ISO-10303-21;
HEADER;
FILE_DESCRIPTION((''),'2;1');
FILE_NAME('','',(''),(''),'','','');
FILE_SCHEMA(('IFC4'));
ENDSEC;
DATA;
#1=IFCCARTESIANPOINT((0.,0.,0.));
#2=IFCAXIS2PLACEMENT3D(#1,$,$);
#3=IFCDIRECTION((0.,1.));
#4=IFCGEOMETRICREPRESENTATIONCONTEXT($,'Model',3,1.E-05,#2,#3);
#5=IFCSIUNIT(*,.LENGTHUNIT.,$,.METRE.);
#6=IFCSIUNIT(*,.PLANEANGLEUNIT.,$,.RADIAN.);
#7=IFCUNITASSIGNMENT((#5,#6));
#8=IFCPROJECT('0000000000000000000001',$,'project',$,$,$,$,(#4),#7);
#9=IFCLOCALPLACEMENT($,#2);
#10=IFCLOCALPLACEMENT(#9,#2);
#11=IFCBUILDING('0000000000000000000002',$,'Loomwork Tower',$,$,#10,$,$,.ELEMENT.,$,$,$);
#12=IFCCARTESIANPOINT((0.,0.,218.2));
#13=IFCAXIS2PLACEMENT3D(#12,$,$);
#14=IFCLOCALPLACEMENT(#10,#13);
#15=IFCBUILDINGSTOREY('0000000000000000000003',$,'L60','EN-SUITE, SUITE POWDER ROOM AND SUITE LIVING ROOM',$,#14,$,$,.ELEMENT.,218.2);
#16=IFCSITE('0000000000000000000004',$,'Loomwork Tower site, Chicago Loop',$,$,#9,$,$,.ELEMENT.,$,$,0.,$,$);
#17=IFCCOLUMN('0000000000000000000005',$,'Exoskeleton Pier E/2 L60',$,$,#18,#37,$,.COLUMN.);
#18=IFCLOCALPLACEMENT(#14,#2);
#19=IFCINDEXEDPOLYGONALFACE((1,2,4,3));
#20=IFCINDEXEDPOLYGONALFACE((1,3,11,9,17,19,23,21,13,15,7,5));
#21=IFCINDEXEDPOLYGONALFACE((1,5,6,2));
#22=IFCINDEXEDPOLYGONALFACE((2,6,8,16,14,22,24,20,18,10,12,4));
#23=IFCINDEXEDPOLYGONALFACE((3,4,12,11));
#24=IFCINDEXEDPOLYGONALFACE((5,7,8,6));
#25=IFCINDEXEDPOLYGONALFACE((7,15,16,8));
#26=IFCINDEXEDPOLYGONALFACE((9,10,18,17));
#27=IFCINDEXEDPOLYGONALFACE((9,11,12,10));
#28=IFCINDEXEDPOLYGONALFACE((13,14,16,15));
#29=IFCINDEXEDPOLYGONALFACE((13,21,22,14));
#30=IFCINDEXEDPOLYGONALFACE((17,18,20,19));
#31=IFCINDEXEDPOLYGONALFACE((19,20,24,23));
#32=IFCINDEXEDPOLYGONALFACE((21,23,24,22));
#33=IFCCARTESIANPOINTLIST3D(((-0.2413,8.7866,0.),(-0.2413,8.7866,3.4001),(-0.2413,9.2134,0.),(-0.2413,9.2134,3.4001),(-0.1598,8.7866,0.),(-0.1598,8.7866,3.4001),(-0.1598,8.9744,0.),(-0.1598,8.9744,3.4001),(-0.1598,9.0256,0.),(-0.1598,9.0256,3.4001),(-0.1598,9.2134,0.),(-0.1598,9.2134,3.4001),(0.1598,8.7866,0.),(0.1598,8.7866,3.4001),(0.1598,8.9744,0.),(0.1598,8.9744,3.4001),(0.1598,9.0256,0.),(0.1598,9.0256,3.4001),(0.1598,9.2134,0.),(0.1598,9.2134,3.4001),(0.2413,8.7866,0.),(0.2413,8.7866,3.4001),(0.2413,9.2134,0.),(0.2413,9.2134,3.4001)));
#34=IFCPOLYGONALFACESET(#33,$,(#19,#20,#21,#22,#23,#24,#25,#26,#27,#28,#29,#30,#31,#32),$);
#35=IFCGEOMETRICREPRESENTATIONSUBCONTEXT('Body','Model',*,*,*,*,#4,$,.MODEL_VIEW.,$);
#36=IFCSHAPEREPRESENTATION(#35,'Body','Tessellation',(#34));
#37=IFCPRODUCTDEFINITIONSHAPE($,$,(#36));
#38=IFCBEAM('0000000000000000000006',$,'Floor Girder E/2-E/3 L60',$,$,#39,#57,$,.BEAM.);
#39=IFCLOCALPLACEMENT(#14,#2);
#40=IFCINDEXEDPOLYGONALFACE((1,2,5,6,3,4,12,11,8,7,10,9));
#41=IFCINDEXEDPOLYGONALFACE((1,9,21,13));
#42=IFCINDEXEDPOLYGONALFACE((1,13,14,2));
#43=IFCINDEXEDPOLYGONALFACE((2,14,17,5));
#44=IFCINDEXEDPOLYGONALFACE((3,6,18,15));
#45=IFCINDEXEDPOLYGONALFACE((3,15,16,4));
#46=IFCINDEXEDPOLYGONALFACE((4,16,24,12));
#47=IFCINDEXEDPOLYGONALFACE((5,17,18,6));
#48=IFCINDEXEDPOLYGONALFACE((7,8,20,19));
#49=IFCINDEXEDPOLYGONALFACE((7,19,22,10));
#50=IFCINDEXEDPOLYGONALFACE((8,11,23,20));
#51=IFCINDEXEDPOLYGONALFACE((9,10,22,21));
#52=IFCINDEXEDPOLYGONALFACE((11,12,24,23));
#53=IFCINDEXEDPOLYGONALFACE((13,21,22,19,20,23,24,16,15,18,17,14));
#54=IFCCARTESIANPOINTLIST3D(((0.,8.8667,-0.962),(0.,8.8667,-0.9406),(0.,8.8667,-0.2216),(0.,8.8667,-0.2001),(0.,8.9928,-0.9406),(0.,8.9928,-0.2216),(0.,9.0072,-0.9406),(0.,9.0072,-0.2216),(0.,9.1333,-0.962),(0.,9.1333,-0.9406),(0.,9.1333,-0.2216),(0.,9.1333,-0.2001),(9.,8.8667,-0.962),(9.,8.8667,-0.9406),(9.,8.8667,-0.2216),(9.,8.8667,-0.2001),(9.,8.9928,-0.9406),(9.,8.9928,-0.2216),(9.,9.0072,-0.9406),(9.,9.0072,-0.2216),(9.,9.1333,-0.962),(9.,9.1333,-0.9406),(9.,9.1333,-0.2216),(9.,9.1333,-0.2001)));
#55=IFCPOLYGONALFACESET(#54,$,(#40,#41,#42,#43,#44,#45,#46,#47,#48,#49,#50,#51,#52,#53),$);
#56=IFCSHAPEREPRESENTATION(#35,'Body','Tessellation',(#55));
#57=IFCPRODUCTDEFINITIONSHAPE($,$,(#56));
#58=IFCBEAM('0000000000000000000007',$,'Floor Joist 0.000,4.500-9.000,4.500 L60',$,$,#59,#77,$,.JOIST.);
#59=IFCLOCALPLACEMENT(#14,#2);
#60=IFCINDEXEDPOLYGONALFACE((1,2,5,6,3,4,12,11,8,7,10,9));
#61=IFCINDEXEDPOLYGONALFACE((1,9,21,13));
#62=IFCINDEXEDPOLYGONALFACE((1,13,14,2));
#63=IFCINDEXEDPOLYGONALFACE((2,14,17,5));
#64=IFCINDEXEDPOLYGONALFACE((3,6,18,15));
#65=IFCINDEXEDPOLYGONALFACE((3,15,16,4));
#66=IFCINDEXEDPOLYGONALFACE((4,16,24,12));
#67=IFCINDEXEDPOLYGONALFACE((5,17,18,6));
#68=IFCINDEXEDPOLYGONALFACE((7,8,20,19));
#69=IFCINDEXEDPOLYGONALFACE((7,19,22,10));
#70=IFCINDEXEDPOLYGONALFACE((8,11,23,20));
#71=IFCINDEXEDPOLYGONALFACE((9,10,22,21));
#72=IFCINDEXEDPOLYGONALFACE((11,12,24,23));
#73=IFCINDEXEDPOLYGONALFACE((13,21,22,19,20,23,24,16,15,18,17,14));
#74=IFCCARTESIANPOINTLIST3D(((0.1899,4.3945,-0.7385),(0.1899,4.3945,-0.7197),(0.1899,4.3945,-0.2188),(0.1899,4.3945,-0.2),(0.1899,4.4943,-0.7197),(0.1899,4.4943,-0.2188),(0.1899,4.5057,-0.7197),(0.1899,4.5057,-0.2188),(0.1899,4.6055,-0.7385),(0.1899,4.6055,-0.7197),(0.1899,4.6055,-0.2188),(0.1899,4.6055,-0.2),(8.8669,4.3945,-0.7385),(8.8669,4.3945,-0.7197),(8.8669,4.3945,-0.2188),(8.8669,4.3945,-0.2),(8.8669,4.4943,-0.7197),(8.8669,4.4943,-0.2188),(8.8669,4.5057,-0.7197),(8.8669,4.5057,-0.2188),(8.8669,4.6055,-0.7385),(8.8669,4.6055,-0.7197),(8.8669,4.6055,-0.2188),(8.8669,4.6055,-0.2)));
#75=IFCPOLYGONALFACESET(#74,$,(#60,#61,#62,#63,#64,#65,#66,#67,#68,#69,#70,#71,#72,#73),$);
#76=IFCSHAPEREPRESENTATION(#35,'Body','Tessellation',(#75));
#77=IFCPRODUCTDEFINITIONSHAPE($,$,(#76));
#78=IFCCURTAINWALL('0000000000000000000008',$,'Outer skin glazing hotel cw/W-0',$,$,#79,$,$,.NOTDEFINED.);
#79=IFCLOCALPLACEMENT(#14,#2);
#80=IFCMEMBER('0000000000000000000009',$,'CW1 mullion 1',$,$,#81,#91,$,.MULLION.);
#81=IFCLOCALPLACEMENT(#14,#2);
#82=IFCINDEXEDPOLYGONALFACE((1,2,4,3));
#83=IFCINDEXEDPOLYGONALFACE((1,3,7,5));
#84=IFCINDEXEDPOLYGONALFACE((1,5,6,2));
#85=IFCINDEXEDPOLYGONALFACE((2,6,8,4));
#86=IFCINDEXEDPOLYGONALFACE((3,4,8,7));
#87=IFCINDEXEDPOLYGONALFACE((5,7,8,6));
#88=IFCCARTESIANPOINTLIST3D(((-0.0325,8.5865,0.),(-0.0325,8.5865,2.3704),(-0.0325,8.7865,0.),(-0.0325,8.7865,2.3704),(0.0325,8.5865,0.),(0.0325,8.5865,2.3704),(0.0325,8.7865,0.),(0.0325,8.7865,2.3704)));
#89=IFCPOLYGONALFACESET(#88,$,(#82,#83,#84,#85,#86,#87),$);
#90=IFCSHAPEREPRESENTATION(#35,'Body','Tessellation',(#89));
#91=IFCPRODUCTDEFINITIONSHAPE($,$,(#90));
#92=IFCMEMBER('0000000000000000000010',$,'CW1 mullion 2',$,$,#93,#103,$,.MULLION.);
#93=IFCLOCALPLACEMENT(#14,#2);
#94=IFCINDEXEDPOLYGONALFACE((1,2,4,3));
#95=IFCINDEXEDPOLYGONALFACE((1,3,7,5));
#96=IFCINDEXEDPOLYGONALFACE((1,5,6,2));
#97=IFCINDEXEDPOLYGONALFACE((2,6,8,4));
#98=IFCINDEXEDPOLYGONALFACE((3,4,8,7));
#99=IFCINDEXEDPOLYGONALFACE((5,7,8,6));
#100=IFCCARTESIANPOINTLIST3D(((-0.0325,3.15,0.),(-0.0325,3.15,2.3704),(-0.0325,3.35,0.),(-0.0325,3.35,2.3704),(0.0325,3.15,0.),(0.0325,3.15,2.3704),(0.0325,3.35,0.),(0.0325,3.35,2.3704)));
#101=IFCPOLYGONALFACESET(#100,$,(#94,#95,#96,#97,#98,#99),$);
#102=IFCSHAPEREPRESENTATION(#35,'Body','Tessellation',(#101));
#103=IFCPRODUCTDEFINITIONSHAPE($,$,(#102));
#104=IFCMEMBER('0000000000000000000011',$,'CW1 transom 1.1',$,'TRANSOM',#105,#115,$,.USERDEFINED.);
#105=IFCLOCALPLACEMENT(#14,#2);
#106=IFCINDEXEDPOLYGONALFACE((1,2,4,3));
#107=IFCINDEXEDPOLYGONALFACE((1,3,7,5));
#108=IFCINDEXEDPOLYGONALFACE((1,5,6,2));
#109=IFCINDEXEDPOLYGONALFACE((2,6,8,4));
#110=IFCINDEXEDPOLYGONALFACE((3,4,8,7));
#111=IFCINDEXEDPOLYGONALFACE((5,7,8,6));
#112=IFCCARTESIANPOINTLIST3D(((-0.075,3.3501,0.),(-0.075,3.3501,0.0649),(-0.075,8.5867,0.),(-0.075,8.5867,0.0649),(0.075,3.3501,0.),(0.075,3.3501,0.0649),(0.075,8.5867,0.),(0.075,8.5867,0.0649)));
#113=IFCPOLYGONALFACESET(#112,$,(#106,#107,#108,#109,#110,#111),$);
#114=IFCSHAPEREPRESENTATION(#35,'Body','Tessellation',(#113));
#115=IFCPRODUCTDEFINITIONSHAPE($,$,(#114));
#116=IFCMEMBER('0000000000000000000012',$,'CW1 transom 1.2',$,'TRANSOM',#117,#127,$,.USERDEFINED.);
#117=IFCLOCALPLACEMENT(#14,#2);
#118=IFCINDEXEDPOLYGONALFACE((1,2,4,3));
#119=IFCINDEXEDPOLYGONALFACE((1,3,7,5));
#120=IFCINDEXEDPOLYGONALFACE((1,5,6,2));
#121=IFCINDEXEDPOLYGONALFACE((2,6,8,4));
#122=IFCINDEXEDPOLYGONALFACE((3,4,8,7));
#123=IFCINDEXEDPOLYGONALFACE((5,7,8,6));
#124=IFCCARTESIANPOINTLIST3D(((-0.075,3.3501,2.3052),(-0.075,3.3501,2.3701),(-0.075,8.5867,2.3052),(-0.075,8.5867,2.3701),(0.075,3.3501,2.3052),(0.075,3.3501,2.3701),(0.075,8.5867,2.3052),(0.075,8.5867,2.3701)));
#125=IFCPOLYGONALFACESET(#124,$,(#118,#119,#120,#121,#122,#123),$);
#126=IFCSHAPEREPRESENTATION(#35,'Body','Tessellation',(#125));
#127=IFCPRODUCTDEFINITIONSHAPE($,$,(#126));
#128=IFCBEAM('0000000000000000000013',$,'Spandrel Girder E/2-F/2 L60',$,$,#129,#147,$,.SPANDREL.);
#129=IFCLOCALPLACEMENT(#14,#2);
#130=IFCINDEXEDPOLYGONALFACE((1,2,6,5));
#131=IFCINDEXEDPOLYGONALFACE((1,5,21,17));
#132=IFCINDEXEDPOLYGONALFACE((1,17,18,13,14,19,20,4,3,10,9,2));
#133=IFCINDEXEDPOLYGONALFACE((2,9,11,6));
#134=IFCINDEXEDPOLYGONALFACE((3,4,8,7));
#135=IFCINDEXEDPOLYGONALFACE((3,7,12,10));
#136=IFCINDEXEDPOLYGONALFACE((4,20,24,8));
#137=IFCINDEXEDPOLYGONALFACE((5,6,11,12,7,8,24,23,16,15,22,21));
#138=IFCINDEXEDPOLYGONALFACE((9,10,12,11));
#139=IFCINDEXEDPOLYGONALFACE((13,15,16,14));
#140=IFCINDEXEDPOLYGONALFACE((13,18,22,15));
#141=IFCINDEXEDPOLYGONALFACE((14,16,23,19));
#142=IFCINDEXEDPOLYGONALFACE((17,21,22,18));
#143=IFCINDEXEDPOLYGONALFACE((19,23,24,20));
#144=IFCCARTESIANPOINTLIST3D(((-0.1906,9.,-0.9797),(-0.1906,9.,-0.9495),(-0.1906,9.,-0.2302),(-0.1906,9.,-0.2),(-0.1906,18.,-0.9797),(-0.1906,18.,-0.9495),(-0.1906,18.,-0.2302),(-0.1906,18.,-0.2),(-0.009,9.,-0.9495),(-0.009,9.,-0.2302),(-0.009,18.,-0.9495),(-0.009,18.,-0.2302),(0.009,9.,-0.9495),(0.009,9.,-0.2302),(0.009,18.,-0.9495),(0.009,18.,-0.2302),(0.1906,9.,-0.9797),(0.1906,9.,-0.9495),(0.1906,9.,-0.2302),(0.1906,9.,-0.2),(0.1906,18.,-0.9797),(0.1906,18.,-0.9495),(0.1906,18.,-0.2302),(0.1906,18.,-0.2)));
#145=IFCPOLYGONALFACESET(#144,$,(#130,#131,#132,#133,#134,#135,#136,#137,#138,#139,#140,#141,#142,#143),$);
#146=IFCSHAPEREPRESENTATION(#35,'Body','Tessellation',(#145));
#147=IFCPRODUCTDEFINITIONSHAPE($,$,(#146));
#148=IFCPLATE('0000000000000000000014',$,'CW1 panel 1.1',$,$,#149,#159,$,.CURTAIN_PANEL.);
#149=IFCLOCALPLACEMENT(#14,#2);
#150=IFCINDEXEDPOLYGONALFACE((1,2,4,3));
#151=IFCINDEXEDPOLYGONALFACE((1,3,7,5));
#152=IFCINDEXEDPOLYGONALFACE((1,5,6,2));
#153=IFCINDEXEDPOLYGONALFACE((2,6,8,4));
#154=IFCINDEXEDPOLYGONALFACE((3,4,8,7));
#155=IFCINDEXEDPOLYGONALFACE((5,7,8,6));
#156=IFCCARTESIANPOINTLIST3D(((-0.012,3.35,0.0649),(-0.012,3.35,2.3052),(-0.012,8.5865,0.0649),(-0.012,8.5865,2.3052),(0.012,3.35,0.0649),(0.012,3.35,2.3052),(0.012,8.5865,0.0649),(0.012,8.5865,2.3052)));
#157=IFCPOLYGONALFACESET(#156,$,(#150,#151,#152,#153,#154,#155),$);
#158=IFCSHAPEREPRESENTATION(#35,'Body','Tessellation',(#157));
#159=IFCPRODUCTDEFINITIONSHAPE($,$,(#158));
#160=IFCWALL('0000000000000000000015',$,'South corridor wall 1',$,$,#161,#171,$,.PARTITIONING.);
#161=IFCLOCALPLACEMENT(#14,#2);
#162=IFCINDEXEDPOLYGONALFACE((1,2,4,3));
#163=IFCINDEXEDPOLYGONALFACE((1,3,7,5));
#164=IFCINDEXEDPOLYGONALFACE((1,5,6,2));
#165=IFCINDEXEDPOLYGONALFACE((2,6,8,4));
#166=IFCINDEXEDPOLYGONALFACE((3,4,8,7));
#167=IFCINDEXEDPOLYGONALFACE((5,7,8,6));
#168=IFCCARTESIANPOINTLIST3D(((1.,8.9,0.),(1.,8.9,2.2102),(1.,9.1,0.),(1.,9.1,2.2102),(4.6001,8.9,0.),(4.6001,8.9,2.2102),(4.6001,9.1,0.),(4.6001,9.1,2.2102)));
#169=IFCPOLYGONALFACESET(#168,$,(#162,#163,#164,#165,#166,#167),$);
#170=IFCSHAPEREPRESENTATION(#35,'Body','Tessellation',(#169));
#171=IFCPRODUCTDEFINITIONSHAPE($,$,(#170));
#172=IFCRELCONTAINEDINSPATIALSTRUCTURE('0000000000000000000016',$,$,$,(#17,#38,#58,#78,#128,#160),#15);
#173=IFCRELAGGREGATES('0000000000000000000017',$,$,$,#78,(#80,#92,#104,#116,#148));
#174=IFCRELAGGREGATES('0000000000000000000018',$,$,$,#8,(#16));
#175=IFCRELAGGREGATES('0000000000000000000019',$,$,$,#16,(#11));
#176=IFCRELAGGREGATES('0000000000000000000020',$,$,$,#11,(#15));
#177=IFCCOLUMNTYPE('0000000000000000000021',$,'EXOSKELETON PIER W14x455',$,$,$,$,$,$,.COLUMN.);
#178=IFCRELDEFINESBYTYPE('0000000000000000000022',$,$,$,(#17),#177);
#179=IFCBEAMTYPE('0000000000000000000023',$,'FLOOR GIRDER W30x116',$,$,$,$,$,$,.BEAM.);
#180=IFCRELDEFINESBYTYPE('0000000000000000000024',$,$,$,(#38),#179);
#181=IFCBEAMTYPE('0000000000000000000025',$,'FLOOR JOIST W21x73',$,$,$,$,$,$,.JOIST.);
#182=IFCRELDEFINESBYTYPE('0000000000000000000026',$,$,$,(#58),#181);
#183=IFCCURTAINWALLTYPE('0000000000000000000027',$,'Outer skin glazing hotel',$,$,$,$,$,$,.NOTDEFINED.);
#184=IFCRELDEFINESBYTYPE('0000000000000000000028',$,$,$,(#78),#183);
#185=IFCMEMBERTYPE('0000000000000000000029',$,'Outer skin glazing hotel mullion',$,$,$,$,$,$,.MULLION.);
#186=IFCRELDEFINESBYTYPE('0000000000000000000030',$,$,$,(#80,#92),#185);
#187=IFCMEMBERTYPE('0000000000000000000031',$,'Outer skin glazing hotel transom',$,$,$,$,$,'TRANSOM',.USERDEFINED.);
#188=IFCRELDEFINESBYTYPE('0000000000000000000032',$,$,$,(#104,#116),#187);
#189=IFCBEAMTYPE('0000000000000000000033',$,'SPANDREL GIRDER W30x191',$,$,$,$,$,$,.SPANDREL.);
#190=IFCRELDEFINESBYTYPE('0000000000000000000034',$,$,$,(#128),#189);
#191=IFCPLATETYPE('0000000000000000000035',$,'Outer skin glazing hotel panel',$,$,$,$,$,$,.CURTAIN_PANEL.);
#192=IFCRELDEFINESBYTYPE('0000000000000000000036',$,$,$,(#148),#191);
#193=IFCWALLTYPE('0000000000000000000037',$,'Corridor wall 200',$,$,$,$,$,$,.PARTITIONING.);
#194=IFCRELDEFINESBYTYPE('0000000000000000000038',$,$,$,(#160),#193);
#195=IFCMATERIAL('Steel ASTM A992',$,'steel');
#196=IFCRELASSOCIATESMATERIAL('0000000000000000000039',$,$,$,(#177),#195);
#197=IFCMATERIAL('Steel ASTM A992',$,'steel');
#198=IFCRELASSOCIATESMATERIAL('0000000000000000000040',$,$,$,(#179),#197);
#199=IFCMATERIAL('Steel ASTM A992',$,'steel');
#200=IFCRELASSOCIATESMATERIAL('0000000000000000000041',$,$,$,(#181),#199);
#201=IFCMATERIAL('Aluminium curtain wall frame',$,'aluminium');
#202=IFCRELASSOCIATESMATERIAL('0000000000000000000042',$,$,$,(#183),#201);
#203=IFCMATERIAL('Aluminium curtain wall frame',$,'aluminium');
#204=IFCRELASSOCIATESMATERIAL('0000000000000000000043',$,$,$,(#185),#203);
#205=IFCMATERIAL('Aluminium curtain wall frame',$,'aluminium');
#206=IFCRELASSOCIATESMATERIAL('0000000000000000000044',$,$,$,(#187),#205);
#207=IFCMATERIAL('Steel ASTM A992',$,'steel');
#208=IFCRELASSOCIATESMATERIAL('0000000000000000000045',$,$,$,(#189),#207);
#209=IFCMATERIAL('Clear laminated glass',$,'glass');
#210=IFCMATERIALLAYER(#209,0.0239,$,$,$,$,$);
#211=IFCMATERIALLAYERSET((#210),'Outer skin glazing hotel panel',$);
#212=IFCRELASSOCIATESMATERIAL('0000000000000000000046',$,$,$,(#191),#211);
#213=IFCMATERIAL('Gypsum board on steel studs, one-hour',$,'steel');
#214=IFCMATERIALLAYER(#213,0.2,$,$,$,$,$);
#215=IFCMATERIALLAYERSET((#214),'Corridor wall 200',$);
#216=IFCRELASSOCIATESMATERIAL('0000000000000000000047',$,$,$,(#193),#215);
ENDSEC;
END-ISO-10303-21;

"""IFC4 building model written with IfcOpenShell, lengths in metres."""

from ifc_helpers import new_model, si_unit, direction, frame, frame_2d, origin, origin_2d, place, context, subcontext, project, spatial, rectangle, i_section, extrude, material, layer, layer_set, material_profile, profile_set, type_object, element, aggregate, save


model = new_model("IFC4")

# Units and contexts
model_context = context("Model", 3, precision=1e-05, world=origin(), true_north=direction((0.0, 1.0)))
body_context = subcontext(model_context, "Body", "Model", "MODEL_VIEW")
ifc_project = project(units=[si_unit("LENGTHUNIT", "METRE"), si_unit("PLANEANGLEUNIT", "RADIAN")], contexts=[model_context])

# Site, building, storey
site_placement = place(None, origin())
site = spatial("IfcSite", under=ifc_project, at=site_placement, Name="Loomwork Tower site, Chicago Loop", CompositionType="ELEMENT", RefElevation=0.0)
building_placement = place(site_placement, origin())
building = spatial("IfcBuilding", under=site, at=building_placement, Name="Loomwork Tower", CompositionType="ELEMENT")
storey_placement = place(building_placement, frame((0.0, 0.0, 218.2)))
storey = spatial("IfcBuildingStorey", under=building, at=storey_placement, Name="L60", Description="EN-SUITE, SUITE POWDER ROOM AND SUITE LIVING ROOM", CompositionType="ELEMENT", Elevation=218.2)

# Column
ifc_material_1 = material(Name="Steel ASTM A992", Category="steel")
ifc_material_profile_1 = material_profile(ifc_material_1, i_section(OverallWidth=0.4268, OverallDepth=0.4827, WebThickness=0.0513, FlangeThickness=0.0815, at=origin_2d()), Name="W14x455")
ifc_profile_set_1 = profile_set([ifc_material_profile_1], Name="Steel ASTM A992")
column_type = type_object("IfcColumnType", Name="EXOSKELETON PIER W14x455", PredefinedType="COLUMN", material=ifc_profile_set_1)
column_placement = place(storey_placement, frame((0.0, 9.0, 0.0), z_axis=(0.0, 0.0, 1.0), x_axis=(0.0, 1.0, 0.0)))
element("IfcColumn", 1, at=column_placement, inside=storey, type_object=column_type, Name="Exoskeleton Pier E/2 L60", PredefinedType="COLUMN", context=body_context, shape_type="SweptSolid", body=[
    extrude(i_section(OverallWidth=0.4268, OverallDepth=0.4827, WebThickness=0.0513, FlangeThickness=0.0815, at=origin_2d()), origin(), (0.0, 0.0, 1.0), 3.4001),
])

# Beams
ifc_material_2 = material(Name="Steel ASTM A992", Category="steel")
ifc_material_profile_2 = material_profile(ifc_material_2, i_section(OverallWidth=0.2666, OverallDepth=0.762, WebThickness=0.0144, FlangeThickness=0.0215, at=origin_2d()), Name="W30x116")
ifc_profile_set_2 = profile_set([ifc_material_profile_2], Name="Steel ASTM A992")
beam_type_1 = type_object("IfcBeamType", Name="FLOOR GIRDER W30x116", PredefinedType="BEAM", material=ifc_profile_set_2)
beam_1_placement = place(storey_placement, frame((0.0, 9.0, -0.5811), z_axis=(1.0, 0.0, 0.0), x_axis=(0.0, 1.0, 0.0)))
element("IfcBeam", 2, at=beam_1_placement, inside=storey, type_object=beam_type_1, Name="Floor Girder E/2-E/3 L60", PredefinedType="BEAM", context=body_context, shape_type="SweptSolid", body=[
    extrude(i_section(OverallWidth=0.2666, OverallDepth=0.762, WebThickness=0.0144, FlangeThickness=0.0215, at=origin_2d()), origin(), (0.0, 0.0, 1.0), 9.0),
])
ifc_material_3 = material(Name="Steel ASTM A992", Category="steel")
ifc_material_profile_3 = material_profile(ifc_material_3, i_section(OverallWidth=0.2109, OverallDepth=0.5386, WebThickness=0.0115, FlangeThickness=0.0188, at=origin_2d()), Name="W21x73")
ifc_profile_set_3 = profile_set([ifc_material_profile_3], Name="Steel ASTM A992")
beam_type_2 = type_object("IfcBeamType", Name="FLOOR JOIST W21x73", PredefinedType="JOIST", material=ifc_profile_set_3)
beam_2_placement = place(storey_placement, frame((0.1899, 4.5, -0.4692), z_axis=(1.0, 0.0, 0.0), x_axis=(0.0, 1.0, 0.0)))
element("IfcBeam", 3, at=beam_2_placement, inside=storey, type_object=beam_type_2, Name="Floor Joist 0.000,4.500-9.000,4.500 L60", PredefinedType="JOIST", context=body_context, shape_type="SweptSolid", body=[
    extrude(i_section(OverallWidth=0.2109, OverallDepth=0.5386, WebThickness=0.0115, FlangeThickness=0.0188, at=origin_2d()), origin(), (0.0, 0.0, 1.0), 8.677),
])

# Curtain wall, members
ifc_material_4 = material(Name="Aluminium curtain wall frame", Category="aluminium")
curtain_wall_type = type_object("IfcCurtainWallType", Name="Outer skin glazing hotel", PredefinedType="NOTDEFINED", material=ifc_material_4)
curtain_wall_placement = place(storey_placement, origin())
curtain_wall = element("IfcCurtainWall", 4, at=curtain_wall_placement, inside=storey, type_object=curtain_wall_type, Name="Outer skin glazing hotel cw/W-0", PredefinedType="NOTDEFINED")
ifc_material_5 = material(Name="Aluminium curtain wall frame", Category="aluminium")
ifc_material_profile_4 = material_profile(ifc_material_5, rectangle(XDim=0.0649, YDim=0.2, at=origin_2d()), Name="AL 65x200")
ifc_profile_set_4 = profile_set([ifc_material_profile_4], Name="Aluminium curtain wall frame")
member_type_1 = type_object("IfcMemberType", Name="Outer skin glazing hotel mullion", PredefinedType="MULLION", material=ifc_profile_set_4)
member_1_placement = place(storey_placement, frame((0.0, 8.6865, 0.0), z_axis=(0.0, 0.0, 1.0), x_axis=(1.0, 0.0, 0.0)))
member_1 = element("IfcMember", 5, at=member_1_placement, type_object=member_type_1, Name="CW1 mullion 1", PredefinedType="MULLION", context=body_context, shape_type="SweptSolid", body=[
    extrude(rectangle(XDim=0.0649, YDim=0.2, at=origin_2d()), origin(), (0.0, 0.0, 1.0), 2.3704),
])
member_2_placement = place(storey_placement, frame((0.0, 3.25, 0.0), z_axis=(0.0, 0.0, 1.0), x_axis=(1.0, 0.0, 0.0)))
member_2 = element("IfcMember", 6, at=member_2_placement, type_object=member_type_1, Name="CW1 mullion 2", PredefinedType="MULLION", context=body_context, shape_type="SweptSolid", body=[
    extrude(rectangle(XDim=0.0649, YDim=0.2, at=origin_2d()), origin(), (0.0, 0.0, 1.0), 2.3704),
])
ifc_material_6 = material(Name="Aluminium curtain wall frame", Category="aluminium")
ifc_material_profile_5 = material_profile(ifc_material_6, rectangle(XDim=0.1499, YDim=0.0649, at=origin_2d()), Name="AL 65x150")
ifc_profile_set_5 = profile_set([ifc_material_profile_5], Name="Aluminium curtain wall frame")
member_type_2 = type_object("IfcMemberType", Name="Outer skin glazing hotel transom", ElementType="TRANSOM", PredefinedType="USERDEFINED", material=ifc_profile_set_5)
member_3_placement = place(storey_placement, frame((0.0, 8.5867, 0.0325), z_axis=(0.0, -1.0, 0.0), x_axis=(1.0, 0.0, 0.0)))
member_3 = element("IfcMember", 7, at=member_3_placement, type_object=member_type_2, Name="CW1 transom 1.1", ObjectType="TRANSOM", PredefinedType="USERDEFINED", context=body_context, shape_type="SweptSolid", body=[
    extrude(rectangle(XDim=0.1499, YDim=0.0649, at=origin_2d()), origin(), (0.0, 0.0, 1.0), 5.2366),
])
member_4_placement = place(storey_placement, frame((0.0, 8.5867, 2.3376), z_axis=(0.0, -1.0, 0.0), x_axis=(1.0, 0.0, 0.0)))
member_4 = element("IfcMember", 8, at=member_4_placement, type_object=member_type_2, Name="CW1 transom 1.2", ObjectType="TRANSOM", PredefinedType="USERDEFINED", context=body_context, shape_type="SweptSolid", body=[
    extrude(rectangle(XDim=0.1499, YDim=0.0649, at=origin_2d()), origin(), (0.0, 0.0, 1.0), 5.2366),
])

# Beam
ifc_material_7 = material(Name="Steel ASTM A992", Category="steel")
ifc_material_profile_6 = material_profile(ifc_material_7, i_section(OverallWidth=0.3811, OverallDepth=0.7798, WebThickness=0.0181, FlangeThickness=0.0303, at=origin_2d()), Name="W30x191")
ifc_profile_set_6 = profile_set([ifc_material_profile_6], Name="Steel ASTM A992")
beam_type_3 = type_object("IfcBeamType", Name="SPANDREL GIRDER W30x191", PredefinedType="SPANDREL", material=ifc_profile_set_6)
beam_3_placement = place(storey_placement, frame((0.0, 9.0, -0.5898), z_axis=(0.0, 1.0, 0.0), x_axis=(-1.0, 0.0, 0.0)))
element("IfcBeam", 9, at=beam_3_placement, inside=storey, type_object=beam_type_3, Name="Spandrel Girder E/2-F/2 L60", PredefinedType="SPANDREL", context=body_context, shape_type="SweptSolid", body=[
    extrude(i_section(OverallWidth=0.3811, OverallDepth=0.7798, WebThickness=0.0181, FlangeThickness=0.0303, at=origin_2d()), origin(), (0.0, 0.0, 1.0), 9.0),
])

# Plate
ifc_material_8 = material(Name="Clear laminated glass", Category="glass")
ifc_layer_1 = layer(ifc_material_8, 0.0239)
ifc_layer_set_1 = layer_set([ifc_layer_1], Name="Outer skin glazing hotel panel")
plate_type = type_object("IfcPlateType", Name="Outer skin glazing hotel panel", PredefinedType="CURTAIN_PANEL", material=ifc_layer_set_1)
plate_placement = place(storey_placement, frame((0.0, 5.9683, 0.0649), z_axis=(0.0, 0.0, 1.0), x_axis=(0.0, -1.0, 0.0)))
plate = element("IfcPlate", 10, at=plate_placement, type_object=plate_type, Name="CW1 panel 1.1", PredefinedType="CURTAIN_PANEL", context=body_context, shape_type="SweptSolid", body=[
    extrude(rectangle(XDim=5.2366, YDim=0.0239, at=origin_2d()), origin(), (0.0, 0.0, 1.0), 2.2402),
])
aggregate(curtain_wall, [member_1, member_2, member_3, member_4, plate])

# Wall
ifc_material_9 = material(Name="Gypsum board on steel studs, one-hour", Category="steel")
ifc_layer_2 = layer(ifc_material_9, 0.2)
ifc_layer_set_2 = layer_set([ifc_layer_2], Name="Corridor wall 200")
wall_type_1 = type_object("IfcWallType", Name="Corridor wall 200", PredefinedType="PARTITIONING", material=ifc_layer_set_2)
wall_1_placement = place(storey_placement, frame((1.0, 9.0, 0.0), z_axis=(0.0, 0.0, 1.0), x_axis=(1.0, 0.0, 0.0)))
element("IfcWall", 11, at=wall_1_placement, inside=storey, type_object=wall_type_1, Name="South corridor wall 1", PredefinedType="PARTITIONING", context=body_context, shape_type="SweptSolid", body=[
    extrude(rectangle(XDim=3.6001, YDim=0.2, at=frame_2d((1.8, 0.0))), origin(), (0.0, 0.0, 1.0), 2.2102),
])

save(model, "model.ifc")
